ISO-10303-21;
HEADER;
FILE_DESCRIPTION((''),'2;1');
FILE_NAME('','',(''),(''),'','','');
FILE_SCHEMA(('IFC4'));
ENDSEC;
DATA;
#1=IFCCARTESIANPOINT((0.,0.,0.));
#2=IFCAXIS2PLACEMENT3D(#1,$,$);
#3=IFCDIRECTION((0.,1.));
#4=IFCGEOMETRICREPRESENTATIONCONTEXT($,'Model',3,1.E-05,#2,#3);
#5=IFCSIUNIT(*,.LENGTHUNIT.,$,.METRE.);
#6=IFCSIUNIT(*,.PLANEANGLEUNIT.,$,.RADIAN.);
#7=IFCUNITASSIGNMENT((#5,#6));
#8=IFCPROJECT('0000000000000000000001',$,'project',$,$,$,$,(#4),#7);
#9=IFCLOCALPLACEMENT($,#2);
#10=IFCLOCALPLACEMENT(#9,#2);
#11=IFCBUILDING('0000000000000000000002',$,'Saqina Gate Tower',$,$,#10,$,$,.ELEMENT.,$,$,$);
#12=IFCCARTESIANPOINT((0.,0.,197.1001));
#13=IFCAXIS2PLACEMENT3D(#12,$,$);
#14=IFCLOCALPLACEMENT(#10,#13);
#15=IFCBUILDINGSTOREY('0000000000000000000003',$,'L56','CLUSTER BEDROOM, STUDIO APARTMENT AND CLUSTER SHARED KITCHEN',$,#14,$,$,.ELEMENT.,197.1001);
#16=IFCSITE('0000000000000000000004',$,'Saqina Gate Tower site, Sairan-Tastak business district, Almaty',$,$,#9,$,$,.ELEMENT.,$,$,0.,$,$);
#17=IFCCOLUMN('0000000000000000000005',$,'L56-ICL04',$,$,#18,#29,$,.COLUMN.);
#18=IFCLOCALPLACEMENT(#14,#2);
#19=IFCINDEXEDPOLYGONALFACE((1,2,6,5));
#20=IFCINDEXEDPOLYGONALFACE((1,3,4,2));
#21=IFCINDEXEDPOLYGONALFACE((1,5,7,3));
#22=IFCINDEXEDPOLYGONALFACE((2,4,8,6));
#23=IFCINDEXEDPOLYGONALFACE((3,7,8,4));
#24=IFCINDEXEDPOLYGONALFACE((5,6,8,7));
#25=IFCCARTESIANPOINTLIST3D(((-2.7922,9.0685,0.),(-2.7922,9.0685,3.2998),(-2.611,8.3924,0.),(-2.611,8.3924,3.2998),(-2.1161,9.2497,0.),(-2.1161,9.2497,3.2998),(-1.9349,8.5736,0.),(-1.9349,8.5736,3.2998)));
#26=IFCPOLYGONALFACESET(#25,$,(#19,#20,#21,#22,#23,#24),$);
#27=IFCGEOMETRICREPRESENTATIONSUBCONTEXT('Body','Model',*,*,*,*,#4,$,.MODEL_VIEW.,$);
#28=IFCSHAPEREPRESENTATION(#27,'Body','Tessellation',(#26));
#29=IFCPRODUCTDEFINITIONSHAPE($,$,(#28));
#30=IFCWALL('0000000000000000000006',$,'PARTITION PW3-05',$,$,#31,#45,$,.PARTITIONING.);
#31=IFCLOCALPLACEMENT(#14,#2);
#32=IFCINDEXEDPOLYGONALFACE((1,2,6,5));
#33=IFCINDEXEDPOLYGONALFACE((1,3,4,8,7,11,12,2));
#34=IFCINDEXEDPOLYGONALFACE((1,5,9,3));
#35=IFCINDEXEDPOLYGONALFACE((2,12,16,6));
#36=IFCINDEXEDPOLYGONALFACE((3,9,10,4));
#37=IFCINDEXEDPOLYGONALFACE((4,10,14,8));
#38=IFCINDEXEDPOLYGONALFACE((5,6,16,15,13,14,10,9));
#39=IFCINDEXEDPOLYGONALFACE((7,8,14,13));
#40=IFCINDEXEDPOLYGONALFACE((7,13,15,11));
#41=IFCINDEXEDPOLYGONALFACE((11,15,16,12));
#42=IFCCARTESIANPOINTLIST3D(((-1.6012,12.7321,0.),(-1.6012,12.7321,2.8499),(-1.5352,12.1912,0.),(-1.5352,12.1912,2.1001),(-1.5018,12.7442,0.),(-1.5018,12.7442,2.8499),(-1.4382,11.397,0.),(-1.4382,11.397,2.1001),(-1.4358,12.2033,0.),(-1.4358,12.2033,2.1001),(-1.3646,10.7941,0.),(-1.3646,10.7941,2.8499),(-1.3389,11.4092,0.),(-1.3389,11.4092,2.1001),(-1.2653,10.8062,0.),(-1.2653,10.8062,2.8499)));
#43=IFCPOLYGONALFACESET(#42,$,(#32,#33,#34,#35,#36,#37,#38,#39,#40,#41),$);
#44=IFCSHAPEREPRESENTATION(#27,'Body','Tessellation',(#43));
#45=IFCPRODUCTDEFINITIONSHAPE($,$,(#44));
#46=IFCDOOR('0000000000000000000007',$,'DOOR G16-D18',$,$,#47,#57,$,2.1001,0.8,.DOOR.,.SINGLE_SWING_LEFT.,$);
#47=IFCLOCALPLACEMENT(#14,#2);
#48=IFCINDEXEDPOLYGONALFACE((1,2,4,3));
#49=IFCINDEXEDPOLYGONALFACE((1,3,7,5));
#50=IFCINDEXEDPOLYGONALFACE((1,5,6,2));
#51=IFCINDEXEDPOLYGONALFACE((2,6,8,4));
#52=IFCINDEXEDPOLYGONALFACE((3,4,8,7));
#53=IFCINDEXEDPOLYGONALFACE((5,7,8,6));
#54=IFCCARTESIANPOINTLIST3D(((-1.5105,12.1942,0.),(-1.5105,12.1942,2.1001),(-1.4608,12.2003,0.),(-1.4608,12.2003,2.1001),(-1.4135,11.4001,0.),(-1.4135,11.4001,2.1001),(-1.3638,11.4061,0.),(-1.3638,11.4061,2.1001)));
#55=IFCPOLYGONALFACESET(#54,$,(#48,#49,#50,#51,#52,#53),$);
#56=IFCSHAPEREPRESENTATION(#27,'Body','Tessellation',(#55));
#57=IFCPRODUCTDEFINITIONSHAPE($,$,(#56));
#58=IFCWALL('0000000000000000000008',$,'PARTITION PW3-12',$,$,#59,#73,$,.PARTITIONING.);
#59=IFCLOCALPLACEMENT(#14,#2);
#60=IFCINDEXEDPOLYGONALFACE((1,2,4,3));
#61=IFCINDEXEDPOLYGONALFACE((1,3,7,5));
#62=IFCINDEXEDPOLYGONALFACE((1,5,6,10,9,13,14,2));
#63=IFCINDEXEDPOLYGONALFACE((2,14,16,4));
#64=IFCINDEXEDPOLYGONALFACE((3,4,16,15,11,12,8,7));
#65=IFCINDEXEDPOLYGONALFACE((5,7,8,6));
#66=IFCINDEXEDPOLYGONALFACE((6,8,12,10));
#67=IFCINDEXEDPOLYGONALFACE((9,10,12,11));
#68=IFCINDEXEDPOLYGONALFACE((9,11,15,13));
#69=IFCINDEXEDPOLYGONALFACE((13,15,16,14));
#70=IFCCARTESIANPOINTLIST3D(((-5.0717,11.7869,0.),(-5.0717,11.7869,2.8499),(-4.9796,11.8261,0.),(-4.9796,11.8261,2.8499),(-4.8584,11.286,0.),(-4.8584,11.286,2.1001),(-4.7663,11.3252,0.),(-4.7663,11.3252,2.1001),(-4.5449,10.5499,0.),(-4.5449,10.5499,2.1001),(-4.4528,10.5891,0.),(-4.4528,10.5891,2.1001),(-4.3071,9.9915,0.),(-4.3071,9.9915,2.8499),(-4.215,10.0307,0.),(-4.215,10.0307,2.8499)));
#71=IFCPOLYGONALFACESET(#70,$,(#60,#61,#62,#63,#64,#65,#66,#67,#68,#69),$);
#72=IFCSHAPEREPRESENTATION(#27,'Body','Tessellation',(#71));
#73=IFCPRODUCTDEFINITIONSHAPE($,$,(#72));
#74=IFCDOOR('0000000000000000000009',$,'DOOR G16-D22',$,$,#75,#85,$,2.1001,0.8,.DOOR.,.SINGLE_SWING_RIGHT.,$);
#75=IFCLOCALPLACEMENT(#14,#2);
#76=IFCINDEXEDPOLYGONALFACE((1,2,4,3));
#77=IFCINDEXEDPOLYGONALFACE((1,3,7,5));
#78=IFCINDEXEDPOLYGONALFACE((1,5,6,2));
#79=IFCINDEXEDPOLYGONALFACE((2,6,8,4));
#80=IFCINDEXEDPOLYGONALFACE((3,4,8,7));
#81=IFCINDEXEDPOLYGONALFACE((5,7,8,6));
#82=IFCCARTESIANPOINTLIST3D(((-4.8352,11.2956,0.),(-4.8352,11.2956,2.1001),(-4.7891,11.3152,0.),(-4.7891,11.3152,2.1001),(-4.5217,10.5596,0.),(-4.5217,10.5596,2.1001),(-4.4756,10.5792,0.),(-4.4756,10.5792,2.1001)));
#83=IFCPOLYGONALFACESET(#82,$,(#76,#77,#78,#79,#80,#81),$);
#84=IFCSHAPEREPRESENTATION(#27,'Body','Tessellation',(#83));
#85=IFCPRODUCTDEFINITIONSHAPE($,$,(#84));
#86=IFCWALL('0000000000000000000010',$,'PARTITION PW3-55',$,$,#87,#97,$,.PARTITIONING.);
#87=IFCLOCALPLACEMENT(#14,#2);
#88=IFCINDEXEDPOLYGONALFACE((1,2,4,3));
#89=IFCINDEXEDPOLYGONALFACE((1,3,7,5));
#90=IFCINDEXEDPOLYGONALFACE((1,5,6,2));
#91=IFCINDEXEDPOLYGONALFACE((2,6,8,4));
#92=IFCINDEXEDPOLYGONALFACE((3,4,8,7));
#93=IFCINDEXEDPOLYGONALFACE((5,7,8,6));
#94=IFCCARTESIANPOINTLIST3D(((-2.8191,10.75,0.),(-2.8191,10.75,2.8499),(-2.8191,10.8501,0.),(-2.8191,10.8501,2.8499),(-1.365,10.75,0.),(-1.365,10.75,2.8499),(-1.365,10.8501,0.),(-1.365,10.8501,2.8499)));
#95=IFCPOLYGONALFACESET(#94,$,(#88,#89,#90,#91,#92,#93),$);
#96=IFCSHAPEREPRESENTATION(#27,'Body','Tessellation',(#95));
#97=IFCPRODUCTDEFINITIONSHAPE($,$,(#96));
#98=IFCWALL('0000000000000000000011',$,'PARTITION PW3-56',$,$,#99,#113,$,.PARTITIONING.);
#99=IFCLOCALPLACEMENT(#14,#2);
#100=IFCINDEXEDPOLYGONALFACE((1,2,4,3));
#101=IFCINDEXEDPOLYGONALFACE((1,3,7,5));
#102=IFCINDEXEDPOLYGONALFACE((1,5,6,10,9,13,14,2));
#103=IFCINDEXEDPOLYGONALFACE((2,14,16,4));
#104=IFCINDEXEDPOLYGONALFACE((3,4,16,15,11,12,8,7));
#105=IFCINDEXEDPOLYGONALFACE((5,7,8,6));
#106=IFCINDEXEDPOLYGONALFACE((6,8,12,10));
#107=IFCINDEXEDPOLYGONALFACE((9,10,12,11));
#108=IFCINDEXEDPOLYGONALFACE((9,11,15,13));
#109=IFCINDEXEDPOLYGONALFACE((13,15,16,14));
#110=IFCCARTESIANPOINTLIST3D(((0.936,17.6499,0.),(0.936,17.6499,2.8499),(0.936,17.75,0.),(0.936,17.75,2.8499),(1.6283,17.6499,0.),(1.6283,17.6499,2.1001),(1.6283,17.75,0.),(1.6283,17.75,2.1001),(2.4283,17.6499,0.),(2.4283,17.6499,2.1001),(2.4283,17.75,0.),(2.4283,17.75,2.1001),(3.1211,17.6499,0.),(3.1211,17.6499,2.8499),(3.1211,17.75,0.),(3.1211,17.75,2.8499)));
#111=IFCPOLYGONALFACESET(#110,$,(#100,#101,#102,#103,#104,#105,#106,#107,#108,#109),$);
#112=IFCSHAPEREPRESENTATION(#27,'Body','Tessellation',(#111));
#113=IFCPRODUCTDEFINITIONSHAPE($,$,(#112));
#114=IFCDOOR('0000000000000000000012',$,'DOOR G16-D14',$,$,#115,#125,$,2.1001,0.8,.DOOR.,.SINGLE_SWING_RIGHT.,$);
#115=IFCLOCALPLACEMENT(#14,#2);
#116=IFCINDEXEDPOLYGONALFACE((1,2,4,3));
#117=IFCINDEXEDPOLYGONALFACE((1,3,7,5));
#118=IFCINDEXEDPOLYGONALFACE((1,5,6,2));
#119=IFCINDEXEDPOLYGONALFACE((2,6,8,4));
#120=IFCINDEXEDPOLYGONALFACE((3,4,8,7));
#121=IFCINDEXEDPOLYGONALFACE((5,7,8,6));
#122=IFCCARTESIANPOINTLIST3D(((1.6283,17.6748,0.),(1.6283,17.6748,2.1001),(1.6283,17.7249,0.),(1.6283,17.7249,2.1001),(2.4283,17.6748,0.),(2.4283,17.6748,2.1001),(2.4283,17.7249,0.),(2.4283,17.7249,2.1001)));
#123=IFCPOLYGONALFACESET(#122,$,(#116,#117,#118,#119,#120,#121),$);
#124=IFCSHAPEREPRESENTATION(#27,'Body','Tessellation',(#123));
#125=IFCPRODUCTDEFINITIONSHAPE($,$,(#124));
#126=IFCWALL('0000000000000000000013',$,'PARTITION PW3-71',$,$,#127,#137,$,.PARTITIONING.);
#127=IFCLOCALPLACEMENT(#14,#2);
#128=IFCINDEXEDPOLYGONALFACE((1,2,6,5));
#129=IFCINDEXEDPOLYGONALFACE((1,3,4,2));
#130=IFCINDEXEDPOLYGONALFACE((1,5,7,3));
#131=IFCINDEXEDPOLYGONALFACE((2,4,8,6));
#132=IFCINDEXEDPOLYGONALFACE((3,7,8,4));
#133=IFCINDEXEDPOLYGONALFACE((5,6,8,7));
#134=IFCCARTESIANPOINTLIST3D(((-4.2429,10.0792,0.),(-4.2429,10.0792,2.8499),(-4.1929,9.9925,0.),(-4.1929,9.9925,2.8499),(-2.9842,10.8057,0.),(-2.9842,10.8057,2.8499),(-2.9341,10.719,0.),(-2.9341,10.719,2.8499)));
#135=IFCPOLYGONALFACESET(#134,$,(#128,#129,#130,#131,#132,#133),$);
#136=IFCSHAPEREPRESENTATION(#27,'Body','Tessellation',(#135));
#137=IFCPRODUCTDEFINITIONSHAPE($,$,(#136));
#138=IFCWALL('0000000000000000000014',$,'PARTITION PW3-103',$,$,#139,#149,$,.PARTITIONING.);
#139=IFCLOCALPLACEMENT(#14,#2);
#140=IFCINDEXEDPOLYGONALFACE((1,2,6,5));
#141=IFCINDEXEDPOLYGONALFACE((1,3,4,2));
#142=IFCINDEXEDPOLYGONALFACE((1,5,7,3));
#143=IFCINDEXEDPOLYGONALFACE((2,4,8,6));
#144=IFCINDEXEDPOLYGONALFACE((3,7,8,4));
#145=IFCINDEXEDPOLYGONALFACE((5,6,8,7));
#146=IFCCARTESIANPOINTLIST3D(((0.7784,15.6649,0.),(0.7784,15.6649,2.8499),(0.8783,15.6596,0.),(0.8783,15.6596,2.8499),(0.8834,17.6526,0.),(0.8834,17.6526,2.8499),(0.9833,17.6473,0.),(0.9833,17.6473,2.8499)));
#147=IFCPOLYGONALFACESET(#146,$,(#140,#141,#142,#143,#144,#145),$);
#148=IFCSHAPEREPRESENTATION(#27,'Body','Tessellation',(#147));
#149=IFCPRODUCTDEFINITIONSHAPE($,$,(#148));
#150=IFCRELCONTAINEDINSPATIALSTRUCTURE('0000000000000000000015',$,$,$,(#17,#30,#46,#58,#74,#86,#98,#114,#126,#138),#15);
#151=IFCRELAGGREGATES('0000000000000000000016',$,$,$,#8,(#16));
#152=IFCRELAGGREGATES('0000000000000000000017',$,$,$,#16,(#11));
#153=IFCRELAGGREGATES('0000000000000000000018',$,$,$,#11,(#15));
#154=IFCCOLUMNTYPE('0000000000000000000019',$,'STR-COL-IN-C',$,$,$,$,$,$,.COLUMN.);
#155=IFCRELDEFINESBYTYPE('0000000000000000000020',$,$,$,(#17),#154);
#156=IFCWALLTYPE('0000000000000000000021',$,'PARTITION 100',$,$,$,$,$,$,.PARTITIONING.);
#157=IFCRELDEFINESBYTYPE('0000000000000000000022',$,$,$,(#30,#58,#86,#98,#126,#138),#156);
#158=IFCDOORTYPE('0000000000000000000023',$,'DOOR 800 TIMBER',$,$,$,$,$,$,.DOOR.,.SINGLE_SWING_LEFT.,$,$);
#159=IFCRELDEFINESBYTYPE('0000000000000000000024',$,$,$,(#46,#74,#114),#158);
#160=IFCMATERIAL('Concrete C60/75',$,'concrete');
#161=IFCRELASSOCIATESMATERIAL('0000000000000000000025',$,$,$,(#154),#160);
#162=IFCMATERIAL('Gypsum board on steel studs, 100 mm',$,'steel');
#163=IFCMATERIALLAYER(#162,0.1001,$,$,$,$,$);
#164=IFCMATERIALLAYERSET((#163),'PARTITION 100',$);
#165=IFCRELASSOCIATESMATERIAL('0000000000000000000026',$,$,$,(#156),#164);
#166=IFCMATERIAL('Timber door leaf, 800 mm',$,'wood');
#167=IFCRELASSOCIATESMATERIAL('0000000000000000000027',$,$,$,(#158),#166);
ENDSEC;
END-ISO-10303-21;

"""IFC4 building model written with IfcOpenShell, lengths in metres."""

from ifc_helpers import new_model, si_unit, direction, frame, frame_2d, origin, origin_2d, place, context, subcontext, project, spatial, rectangle, extrude, material, layer, layer_set, material_profile, profile_set, type_object, element, fill, save


model = new_model("IFC4")

# Units and contexts
model_context = context("Model", 3, precision=1e-05, world=origin(), true_north=direction((0.0, 1.0)))
body_context = subcontext(model_context, "Body", "Model", "MODEL_VIEW")
ifc_project = project(units=[si_unit("LENGTHUNIT", "METRE"), si_unit("PLANEANGLEUNIT", "RADIAN")], contexts=[model_context])

# Site, building, storey
site_placement = place(None, origin())
site = spatial("IfcSite", under=ifc_project, at=site_placement, Name="Saqina Gate Tower site, Sairan-Tastak business district, Almaty", CompositionType="ELEMENT", RefElevation=0.0)
building_placement = place(site_placement, origin())
building = spatial("IfcBuilding", under=site, at=building_placement, Name="Saqina Gate Tower", CompositionType="ELEMENT")
storey_placement = place(building_placement, frame((0.0, 0.0, 197.1001)))
storey = spatial("IfcBuildingStorey", under=building, at=storey_placement, Name="L56", Description="CLUSTER BEDROOM, STUDIO APARTMENT AND CLUSTER SHARED KITCHEN", CompositionType="ELEMENT", Elevation=197.1001)

# Column
ifc_material_1 = material(Name="Concrete C60/75", Category="concrete")
ifc_material_profile = material_profile(ifc_material_1, rectangle(XDim=0.7, YDim=0.7, at=origin_2d()), Name="RC 700x700")
ifc_profile_set = profile_set([ifc_material_profile], Name="Concrete C60/75")
column_type = type_object("IfcColumnType", Name="STR-COL-IN-C", PredefinedType="COLUMN", material=ifc_profile_set)
column_placement = place(storey_placement, frame((-2.3635, 8.821, 0.0), z_axis=(0.0, 0.0, 1.0), x_axis=(-0.258819, 0.965926, 0.0)))
element("IfcColumn", 1, at=column_placement, inside=storey, type_object=column_type, Name="L56-ICL04", PredefinedType="COLUMN", context=body_context, shape_type="SweptSolid", body=[
    extrude(rectangle(XDim=0.7, YDim=0.7, at=origin_2d()), origin(), (0.0, 0.0, 1.0), 3.2998),
])

# Walls, openings, doors
ifc_material_2 = material(Name="Gypsum board on steel studs, 100 mm", Category="steel")
ifc_layer_1 = layer(ifc_material_2, 0.1001)
ifc_layer_set_1 = layer_set([ifc_layer_1], Name="PARTITION 100")
wall_type_1 = type_object("IfcWallType", Name="PARTITION 100", PredefinedType="PARTITIONING", material=ifc_layer_set_1)
wall_1_placement = place(storey_placement, frame((-1.5515, 12.738, 0.0), z_axis=(0.0, 0.0, 1.0), x_axis=(0.121172, -0.992632, 0.0)))
wall_1 = element("IfcWall", 2, at=wall_1_placement, inside=storey, type_object=wall_type_1, Name="PARTITION PW3-05", PredefinedType="PARTITIONING", context=body_context, shape_type="SweptSolid", body=[
    extrude(rectangle(XDim=1.9524, YDim=0.1001, at=frame_2d((0.9761, 0.0))), origin(), (0.0, 0.0, 1.0), 2.8499),
])
opening_1_placement = place(wall_1_placement, frame((0.5449, 0.0, 0.0)))
opening_1 = element("IfcOpeningElement", 3, at=opening_1_placement, cuts=wall_1, PredefinedType="OPENING", context=body_context, shape_type="SweptSolid", body=[
    extrude(rectangle(XDim=0.8, YDim=2.1001, at=frame_2d((0.3999, 1.05))), frame((0.0, 0.062, 0.0), z_axis=(0.0, -1.0, 0.0), x_axis=(1.0, 0.0, 0.0)), (0.0, 0.0, 1.0), 0.124),
])
ifc_material_3 = material(Name="Timber door leaf, 800 mm", Category="wood")
door_type_1 = type_object("IfcDoorType", Name="DOOR 800 TIMBER", OperationType="SINGLE_SWING_LEFT", PredefinedType="DOOR", material=ifc_material_3)
door_1_placement = place(opening_1_placement, origin())
door_1 = element("IfcDoor", 4, at=door_1_placement, inside=storey, type_object=door_type_1, Name="DOOR G16-D18", OperationType="SINGLE_SWING_LEFT", OverallHeight=2.1001, OverallWidth=0.8, PredefinedType="DOOR", context=body_context, shape_type="SweptSolid", body=[
    extrude(rectangle(XDim=0.8, YDim=2.1001, at=frame_2d((0.3999, 1.05))), frame((0.0, 0.0249, 0.0), z_axis=(0.0, -1.0, 0.0), x_axis=(1.0, 0.0, 0.0)), (0.0, 0.0, 1.0), 0.05),
])
fill(opening_1, door_1)
wall_2_placement = place(storey_placement, frame((-5.0256, 11.8064, 0.0), z_axis=(0.0, 0.0, 1.0), x_axis=(0.391835, -0.920036, 0.0)))
wall_2 = element("IfcWall", 5, at=wall_2_placement, inside=storey, type_object=wall_type_1, Name="PARTITION PW3-12", PredefinedType="PARTITIONING", context=body_context, shape_type="SweptSolid", body=[
    extrude(rectangle(XDim=1.9514, YDim=0.1001, at=frame_2d((0.9756, 0.0))), origin(), (0.0, 0.0, 1.0), 2.8499),
])
opening_2_placement = place(wall_2_placement, frame((0.5444, 0.0, 0.0)))
opening_2 = element("IfcOpeningElement", 6, at=opening_2_placement, cuts=wall_2, PredefinedType="OPENING", context=body_context, shape_type="SweptSolid", body=[
    extrude(rectangle(XDim=0.8, YDim=2.1001, at=frame_2d((0.3999, 1.05))), frame((0.0, 0.062, 0.0), z_axis=(0.0, -1.0, 0.0), x_axis=(1.0, 0.0, 0.0)), (0.0, 0.0, 1.0), 0.124),
])
door_2_placement = place(opening_2_placement, frame((0.8, 0.0, 0.0), z_axis=(0.0, 0.0, 1.0), x_axis=(-1.0, 0.0, 0.0)))
door_2 = element("IfcDoor", 7, at=door_2_placement, inside=storey, type_object=door_type_1, Name="DOOR G16-D22", OperationType="SINGLE_SWING_RIGHT", OverallHeight=2.1001, OverallWidth=0.8, PredefinedType="DOOR", context=body_context, shape_type="SweptSolid", body=[
    extrude(rectangle(XDim=0.8, YDim=2.1001, at=frame_2d((0.3999, 1.05))), frame((0.0, 0.0249, 0.0), z_axis=(0.0, -1.0, 0.0), x_axis=(1.0, 0.0, 0.0)), (0.0, 0.0, 1.0), 0.05),
])
fill(opening_2, door_2)

# Wall
wall_3_placement = place(storey_placement, frame((-2.8191, 10.8, 0.0), z_axis=(0.0, 0.0, 1.0), x_axis=(1.0, 0.0, 0.0)))
element("IfcWall", 8, at=wall_3_placement, inside=storey, type_object=wall_type_1, Name="PARTITION PW3-55", PredefinedType="PARTITIONING", context=body_context, shape_type="SweptSolid", body=[
    extrude(rectangle(XDim=1.4541, YDim=0.1001, at=frame_2d((0.7271, 0.0))), origin(), (0.0, 0.0, 1.0), 2.8499),
])

# Wall, opening, door
wall_4_placement = place(storey_placement, frame((0.936, 17.7, 0.0), z_axis=(0.0, 0.0, 1.0), x_axis=(1.0, 0.0, 0.0)))
wall_4 = element("IfcWall", 9, at=wall_4_placement, inside=storey, type_object=wall_type_1, Name="PARTITION PW3-56", PredefinedType="PARTITIONING", context=body_context, shape_type="SweptSolid", body=[
    extrude(rectangle(XDim=2.1851, YDim=0.1001, at=frame_2d((1.0925, 0.0))), origin(), (0.0, 0.0, 1.0), 2.8499),
])
opening_3_placement = place(wall_4_placement, frame((0.6924, 0.0, 0.0)))
opening_3 = element("IfcOpeningElement", 10, at=opening_3_placement, cuts=wall_4, PredefinedType="OPENING", context=body_context, shape_type="SweptSolid", body=[
    extrude(rectangle(XDim=0.8, YDim=2.1001, at=frame_2d((0.3999, 1.05))), frame((0.0, 0.062, 0.0), z_axis=(0.0, -1.0, 0.0), x_axis=(1.0, 0.0, 0.0)), (0.0, 0.0, 1.0), 0.124),
])
door_3_placement = place(opening_3_placement, origin())
door_3 = element("IfcDoor", 11, at=door_3_placement, inside=storey, type_object=door_type_1, Name="DOOR G16-D14", OperationType="SINGLE_SWING_RIGHT", OverallHeight=2.1001, OverallWidth=0.8, PredefinedType="DOOR", context=body_context, shape_type="SweptSolid", body=[
    extrude(rectangle(XDim=0.8, YDim=2.1001, at=frame_2d((0.3999, 1.05))), frame((0.0, 0.0249, 0.0), z_axis=(0.0, -1.0, 0.0), x_axis=(1.0, 0.0, 0.0)), (0.0, 0.0, 1.0), 0.05),
])
fill(opening_3, door_3)

# Walls
wall_5_placement = place(storey_placement, frame((-4.2178, 10.0359, 0.0), z_axis=(0.0, 0.0, 1.0), x_axis=(0.866085, 0.499897, 0.0)))
element("IfcWall", 12, at=wall_5_placement, inside=storey, type_object=wall_type_1, Name="PARTITION PW3-71", PredefinedType="PARTITIONING", context=body_context, shape_type="SweptSolid", body=[
    extrude(rectangle(XDim=1.4534, YDim=0.1001, at=frame_2d((0.7266, 0.0))), origin(), (0.0, 0.0, 1.0), 2.8499),
])
wall_6_placement = place(storey_placement, frame((0.8284, 15.6624, 0.0), z_axis=(0.0, 0.0, 1.0), x_axis=(0.052739, 0.998608, 0.0)))
element("IfcWall", 13, at=wall_6_placement, inside=storey, type_object=wall_type_1, Name="PARTITION PW3-103", PredefinedType="PARTITIONING", context=body_context, shape_type="SweptSolid", body=[
    extrude(rectangle(XDim=1.9905, YDim=0.1001, at=frame_2d((0.9951, 0.0))), origin(), (0.0, 0.0, 1.0), 2.8499),
])

save(model, "model.ifc")
